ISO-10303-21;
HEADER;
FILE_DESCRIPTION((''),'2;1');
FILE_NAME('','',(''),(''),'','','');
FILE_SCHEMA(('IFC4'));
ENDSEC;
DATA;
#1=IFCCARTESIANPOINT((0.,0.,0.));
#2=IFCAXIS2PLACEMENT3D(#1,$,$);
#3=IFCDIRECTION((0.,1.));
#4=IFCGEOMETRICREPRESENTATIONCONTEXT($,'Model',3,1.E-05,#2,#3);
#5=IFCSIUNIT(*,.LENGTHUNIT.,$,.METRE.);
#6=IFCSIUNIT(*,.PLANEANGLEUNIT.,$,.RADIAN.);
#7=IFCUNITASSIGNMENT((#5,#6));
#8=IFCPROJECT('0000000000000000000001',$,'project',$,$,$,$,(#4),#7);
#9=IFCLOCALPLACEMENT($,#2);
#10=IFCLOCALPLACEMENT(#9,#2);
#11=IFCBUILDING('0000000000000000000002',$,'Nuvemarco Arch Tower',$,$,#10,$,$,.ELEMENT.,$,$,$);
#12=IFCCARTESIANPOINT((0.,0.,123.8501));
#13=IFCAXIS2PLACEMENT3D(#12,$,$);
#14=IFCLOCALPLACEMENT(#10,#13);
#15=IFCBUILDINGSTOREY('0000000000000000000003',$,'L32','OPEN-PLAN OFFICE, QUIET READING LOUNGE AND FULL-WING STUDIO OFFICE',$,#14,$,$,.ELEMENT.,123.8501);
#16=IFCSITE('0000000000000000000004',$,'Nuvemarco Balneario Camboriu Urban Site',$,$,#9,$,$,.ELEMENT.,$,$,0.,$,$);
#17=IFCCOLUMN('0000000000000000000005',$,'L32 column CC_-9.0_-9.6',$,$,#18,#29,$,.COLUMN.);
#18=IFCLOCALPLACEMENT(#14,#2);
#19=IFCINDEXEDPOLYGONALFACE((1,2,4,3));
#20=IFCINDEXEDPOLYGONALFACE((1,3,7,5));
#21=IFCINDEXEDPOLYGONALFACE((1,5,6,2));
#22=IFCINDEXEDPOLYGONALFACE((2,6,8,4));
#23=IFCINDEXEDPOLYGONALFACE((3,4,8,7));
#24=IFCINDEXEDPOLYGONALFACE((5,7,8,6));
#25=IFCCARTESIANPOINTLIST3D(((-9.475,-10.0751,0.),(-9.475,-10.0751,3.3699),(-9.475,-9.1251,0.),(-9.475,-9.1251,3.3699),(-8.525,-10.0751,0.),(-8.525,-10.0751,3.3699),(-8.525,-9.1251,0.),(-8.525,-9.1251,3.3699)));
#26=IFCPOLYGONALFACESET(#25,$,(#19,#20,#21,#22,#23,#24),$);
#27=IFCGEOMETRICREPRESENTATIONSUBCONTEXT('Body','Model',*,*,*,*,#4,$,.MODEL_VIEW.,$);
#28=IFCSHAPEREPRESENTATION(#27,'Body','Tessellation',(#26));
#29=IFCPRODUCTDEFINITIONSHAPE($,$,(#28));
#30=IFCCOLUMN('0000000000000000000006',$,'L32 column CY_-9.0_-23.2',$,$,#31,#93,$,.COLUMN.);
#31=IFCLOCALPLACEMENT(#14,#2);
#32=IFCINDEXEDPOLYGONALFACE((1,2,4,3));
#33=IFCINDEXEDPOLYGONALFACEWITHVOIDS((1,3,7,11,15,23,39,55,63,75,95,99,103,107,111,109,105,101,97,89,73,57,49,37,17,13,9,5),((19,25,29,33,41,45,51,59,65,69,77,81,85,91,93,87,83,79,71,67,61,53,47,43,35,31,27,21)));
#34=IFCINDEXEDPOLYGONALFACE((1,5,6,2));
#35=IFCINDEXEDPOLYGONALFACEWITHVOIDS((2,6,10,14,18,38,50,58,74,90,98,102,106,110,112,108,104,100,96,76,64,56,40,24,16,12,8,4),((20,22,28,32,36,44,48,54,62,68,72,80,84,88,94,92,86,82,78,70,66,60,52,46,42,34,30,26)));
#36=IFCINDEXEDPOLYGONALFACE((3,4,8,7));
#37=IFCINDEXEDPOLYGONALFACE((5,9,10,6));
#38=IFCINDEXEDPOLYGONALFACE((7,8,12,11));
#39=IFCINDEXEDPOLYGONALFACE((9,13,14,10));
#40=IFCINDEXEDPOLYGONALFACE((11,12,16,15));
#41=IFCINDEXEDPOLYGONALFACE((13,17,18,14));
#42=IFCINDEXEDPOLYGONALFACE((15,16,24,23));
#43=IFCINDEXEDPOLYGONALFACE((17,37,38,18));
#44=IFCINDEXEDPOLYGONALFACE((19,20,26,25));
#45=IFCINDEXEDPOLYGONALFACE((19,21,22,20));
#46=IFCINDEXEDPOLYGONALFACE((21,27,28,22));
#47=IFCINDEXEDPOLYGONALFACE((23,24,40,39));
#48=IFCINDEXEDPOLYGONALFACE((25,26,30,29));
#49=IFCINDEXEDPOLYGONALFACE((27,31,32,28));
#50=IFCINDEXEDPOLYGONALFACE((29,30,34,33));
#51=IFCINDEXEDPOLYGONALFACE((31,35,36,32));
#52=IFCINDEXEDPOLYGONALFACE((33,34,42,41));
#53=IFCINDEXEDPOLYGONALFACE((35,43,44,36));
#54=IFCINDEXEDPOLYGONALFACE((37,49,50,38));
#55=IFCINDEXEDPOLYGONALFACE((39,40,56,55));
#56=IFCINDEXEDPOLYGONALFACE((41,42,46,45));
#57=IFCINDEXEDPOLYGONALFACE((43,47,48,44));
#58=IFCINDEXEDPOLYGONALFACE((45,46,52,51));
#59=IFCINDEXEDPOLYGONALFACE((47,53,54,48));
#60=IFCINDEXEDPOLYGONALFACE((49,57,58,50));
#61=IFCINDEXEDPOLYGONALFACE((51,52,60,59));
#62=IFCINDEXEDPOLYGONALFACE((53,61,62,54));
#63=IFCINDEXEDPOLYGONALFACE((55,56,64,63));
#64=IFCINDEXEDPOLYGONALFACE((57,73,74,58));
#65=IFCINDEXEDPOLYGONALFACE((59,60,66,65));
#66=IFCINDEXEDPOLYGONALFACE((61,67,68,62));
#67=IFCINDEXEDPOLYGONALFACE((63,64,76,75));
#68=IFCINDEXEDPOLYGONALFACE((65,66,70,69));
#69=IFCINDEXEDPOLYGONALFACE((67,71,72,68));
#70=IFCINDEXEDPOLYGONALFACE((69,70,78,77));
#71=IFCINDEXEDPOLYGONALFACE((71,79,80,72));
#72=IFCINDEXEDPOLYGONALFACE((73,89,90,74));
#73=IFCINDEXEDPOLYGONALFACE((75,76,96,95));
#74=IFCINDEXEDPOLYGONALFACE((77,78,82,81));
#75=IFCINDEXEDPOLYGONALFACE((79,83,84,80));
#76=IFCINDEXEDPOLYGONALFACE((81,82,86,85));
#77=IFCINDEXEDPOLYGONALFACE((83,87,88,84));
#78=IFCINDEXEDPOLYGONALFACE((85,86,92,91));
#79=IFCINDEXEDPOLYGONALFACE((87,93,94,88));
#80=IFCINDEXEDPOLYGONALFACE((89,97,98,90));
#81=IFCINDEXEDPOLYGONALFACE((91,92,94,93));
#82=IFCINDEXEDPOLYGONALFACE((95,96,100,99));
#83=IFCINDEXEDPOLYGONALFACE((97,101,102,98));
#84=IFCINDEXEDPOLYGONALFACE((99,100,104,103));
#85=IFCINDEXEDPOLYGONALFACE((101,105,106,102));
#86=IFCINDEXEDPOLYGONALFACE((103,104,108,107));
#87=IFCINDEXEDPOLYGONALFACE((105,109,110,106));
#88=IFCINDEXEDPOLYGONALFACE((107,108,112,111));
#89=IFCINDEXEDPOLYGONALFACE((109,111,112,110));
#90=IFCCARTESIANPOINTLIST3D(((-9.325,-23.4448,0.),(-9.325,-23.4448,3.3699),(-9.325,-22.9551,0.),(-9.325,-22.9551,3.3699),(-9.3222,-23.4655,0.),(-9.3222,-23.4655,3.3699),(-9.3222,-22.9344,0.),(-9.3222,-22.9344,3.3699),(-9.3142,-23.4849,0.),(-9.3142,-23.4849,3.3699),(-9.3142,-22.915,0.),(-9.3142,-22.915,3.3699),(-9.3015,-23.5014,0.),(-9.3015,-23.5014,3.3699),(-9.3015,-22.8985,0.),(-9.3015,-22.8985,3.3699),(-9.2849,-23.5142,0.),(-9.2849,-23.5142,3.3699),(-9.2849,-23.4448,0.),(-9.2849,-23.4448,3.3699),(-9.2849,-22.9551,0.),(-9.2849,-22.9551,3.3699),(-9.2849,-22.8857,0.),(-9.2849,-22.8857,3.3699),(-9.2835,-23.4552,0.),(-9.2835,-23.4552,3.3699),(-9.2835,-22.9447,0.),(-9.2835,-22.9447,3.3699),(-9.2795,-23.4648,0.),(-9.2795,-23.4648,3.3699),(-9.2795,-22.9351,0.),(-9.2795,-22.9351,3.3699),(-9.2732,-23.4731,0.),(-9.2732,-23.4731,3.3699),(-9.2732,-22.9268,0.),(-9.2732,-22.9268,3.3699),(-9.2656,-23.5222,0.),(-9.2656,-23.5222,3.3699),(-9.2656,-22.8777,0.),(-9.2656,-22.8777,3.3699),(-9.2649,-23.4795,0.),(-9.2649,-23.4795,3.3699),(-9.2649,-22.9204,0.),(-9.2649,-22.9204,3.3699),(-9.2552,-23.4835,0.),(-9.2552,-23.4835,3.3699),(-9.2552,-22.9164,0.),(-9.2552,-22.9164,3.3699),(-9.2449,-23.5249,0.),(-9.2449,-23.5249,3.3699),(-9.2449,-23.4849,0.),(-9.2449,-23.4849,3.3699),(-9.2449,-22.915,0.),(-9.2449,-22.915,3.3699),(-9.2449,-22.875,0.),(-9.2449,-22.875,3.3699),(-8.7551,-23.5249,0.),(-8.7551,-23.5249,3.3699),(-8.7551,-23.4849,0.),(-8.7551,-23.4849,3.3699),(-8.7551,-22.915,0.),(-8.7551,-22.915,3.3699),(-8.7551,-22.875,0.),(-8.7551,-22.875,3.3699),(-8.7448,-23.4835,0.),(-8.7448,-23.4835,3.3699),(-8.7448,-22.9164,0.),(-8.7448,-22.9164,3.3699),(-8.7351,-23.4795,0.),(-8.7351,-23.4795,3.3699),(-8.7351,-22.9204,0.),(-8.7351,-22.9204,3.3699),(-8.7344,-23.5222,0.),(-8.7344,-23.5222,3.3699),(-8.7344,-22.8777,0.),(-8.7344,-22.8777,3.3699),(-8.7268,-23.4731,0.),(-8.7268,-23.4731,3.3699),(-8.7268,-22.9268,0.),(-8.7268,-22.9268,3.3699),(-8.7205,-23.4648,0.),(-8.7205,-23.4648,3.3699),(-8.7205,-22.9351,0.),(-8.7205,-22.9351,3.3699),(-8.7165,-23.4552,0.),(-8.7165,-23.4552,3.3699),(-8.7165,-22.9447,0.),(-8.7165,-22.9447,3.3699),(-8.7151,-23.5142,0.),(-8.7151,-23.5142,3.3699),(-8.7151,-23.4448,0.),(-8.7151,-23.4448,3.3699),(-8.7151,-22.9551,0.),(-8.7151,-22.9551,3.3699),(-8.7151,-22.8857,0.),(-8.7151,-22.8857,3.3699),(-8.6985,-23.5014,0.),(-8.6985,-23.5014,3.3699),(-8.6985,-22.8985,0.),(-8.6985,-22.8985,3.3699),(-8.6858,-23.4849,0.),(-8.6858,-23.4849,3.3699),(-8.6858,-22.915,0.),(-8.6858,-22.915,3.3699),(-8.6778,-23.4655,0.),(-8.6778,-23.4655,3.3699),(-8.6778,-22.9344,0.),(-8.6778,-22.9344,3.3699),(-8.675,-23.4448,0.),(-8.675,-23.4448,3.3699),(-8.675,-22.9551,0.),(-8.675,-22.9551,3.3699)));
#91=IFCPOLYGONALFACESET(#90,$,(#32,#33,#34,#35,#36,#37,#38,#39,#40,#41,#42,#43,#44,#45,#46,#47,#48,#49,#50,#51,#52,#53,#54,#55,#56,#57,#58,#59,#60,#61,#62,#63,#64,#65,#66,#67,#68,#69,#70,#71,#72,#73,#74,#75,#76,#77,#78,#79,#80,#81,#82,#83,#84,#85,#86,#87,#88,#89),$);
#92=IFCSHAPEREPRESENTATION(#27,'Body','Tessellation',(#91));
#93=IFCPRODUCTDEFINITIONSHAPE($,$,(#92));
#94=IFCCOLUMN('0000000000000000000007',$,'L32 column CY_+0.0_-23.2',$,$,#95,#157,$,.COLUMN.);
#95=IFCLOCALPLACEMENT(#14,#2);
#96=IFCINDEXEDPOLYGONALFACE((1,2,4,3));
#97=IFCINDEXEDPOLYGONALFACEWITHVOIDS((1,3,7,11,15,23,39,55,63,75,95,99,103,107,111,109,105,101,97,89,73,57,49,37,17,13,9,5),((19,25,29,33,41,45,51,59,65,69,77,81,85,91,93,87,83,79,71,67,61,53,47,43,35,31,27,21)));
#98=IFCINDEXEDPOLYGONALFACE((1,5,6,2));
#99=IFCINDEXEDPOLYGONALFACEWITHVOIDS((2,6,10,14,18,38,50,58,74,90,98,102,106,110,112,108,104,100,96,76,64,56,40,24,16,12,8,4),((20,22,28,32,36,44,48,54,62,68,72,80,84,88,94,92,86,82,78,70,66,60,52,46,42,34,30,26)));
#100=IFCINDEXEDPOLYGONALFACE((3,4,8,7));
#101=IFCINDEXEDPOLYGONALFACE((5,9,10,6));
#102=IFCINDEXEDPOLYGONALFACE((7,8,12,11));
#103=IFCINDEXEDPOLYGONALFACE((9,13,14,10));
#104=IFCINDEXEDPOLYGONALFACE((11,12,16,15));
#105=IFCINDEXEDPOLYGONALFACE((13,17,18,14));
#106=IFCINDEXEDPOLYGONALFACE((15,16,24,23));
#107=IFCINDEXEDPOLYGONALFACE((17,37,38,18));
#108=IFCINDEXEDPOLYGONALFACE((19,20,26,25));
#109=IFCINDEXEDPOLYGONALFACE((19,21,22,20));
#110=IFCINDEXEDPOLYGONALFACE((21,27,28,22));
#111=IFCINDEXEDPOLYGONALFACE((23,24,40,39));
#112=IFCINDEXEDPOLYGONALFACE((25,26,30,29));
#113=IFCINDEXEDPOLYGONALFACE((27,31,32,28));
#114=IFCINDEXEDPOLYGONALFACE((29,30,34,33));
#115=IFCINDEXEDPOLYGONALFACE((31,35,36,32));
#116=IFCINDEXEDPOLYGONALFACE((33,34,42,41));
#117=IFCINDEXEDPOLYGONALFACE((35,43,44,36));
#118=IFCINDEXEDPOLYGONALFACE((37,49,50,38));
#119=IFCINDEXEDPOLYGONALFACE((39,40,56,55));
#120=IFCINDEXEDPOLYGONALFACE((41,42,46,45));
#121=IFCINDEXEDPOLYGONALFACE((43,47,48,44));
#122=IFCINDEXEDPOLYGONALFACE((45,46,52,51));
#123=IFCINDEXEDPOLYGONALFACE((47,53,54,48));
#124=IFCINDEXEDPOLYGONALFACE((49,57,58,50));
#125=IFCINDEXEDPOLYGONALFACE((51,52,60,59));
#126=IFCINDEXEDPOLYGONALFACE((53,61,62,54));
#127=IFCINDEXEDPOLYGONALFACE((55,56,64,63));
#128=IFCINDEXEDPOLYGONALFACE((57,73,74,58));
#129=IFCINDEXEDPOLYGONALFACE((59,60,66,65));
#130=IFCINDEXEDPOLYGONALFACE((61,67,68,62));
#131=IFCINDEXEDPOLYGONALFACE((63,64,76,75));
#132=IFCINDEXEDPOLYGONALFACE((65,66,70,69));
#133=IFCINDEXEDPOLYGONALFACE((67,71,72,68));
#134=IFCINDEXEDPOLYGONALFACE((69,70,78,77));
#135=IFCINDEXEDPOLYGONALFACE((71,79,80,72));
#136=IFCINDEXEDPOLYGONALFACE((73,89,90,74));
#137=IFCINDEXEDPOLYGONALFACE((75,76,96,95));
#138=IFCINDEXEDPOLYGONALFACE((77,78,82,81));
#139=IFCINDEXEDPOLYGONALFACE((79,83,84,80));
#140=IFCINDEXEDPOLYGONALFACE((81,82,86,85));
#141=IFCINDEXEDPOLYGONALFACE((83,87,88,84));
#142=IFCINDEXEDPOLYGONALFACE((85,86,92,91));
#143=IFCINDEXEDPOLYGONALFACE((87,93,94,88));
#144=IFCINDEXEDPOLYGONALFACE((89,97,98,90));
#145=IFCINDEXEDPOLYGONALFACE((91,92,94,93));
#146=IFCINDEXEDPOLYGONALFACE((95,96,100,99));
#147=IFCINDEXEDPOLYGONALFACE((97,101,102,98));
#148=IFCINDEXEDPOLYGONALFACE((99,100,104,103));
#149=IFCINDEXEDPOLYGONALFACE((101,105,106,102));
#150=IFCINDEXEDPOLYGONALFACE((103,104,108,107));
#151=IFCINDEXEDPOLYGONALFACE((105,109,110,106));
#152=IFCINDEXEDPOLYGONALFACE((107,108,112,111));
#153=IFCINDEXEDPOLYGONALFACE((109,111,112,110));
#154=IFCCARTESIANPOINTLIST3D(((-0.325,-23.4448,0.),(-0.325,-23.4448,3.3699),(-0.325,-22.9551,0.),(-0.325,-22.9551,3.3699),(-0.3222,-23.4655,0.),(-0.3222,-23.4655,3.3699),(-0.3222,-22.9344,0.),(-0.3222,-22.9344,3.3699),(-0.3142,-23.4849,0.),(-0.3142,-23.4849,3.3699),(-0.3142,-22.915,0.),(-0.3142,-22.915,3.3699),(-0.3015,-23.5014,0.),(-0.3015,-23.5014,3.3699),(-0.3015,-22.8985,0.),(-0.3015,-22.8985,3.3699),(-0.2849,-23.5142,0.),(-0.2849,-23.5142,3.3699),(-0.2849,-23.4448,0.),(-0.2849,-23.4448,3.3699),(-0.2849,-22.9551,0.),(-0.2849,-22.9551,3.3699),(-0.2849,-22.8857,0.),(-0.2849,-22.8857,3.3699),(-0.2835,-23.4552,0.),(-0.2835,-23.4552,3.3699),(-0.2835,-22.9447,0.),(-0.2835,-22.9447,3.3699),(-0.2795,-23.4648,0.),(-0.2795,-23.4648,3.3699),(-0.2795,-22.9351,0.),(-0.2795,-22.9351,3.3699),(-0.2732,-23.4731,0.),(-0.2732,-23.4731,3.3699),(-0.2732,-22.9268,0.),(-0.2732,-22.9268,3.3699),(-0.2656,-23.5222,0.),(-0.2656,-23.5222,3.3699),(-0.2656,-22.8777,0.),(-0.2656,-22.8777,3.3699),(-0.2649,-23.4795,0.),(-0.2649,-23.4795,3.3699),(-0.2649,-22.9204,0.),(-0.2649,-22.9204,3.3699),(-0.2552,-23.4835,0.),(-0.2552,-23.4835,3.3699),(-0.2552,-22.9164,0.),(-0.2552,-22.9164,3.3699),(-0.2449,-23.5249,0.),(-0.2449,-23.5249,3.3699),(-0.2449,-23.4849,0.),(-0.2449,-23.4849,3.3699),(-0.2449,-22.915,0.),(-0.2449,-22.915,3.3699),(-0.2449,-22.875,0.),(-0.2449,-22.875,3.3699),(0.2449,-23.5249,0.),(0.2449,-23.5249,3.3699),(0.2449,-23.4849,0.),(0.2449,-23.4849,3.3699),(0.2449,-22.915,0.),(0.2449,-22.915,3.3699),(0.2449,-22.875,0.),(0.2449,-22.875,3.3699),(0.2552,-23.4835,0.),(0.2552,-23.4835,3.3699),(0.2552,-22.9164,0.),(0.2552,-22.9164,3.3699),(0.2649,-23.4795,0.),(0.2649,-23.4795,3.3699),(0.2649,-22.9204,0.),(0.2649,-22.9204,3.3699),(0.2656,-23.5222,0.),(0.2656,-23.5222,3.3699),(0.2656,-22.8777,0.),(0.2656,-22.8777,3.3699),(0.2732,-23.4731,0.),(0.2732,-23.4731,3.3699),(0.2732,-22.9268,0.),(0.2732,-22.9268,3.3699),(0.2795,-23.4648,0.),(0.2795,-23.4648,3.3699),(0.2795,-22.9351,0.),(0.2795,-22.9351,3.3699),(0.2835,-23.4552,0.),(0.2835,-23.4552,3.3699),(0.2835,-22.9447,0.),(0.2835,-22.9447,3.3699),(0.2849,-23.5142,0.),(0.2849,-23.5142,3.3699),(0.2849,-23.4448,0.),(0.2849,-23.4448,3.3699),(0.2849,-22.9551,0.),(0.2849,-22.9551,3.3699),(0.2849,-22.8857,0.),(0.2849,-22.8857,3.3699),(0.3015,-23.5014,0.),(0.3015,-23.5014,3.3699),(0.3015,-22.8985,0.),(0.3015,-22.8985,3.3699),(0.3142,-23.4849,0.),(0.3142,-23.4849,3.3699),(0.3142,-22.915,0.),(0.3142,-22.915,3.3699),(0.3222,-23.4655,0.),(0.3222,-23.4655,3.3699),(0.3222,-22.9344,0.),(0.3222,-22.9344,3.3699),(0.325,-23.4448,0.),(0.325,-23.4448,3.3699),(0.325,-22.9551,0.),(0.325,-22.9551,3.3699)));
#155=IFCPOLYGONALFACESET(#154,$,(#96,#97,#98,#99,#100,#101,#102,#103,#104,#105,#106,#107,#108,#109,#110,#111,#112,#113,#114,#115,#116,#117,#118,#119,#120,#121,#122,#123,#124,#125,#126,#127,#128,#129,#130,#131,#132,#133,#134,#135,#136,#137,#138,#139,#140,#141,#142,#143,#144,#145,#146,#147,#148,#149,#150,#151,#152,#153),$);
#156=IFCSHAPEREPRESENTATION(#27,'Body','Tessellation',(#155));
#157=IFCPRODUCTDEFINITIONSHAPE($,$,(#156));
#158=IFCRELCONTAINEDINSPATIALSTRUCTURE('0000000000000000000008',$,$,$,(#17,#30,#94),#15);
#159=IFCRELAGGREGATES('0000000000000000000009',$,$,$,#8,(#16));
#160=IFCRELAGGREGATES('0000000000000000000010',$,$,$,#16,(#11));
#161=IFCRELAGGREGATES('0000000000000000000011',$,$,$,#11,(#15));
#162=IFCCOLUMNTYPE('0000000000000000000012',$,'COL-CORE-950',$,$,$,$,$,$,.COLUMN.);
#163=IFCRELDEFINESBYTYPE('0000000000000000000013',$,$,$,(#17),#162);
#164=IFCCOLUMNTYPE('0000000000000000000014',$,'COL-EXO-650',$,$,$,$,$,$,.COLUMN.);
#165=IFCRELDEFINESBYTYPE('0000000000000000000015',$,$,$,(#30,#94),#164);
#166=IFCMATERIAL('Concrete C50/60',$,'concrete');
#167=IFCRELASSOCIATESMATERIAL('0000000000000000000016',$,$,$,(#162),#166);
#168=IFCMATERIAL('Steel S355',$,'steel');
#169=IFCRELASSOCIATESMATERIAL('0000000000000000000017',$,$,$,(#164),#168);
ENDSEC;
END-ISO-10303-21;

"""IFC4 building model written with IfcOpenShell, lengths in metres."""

from ifc_helpers import new_model, si_unit, direction, frame, origin, origin_2d, place, context, subcontext, project, spatial, rectangle, hollow_rectangle, extrude, material, material_profile, profile_set, type_object, element, save


model = new_model("IFC4")

# Units and contexts
model_context = context("Model", 3, precision=1e-05, world=origin(), true_north=direction((0.0, 1.0)))
body_context = subcontext(model_context, "Body", "Model", "MODEL_VIEW")
ifc_project = project(units=[si_unit("LENGTHUNIT", "METRE"), si_unit("PLANEANGLEUNIT", "RADIAN")], contexts=[model_context])

# Site, building, storey
site_placement = place(None, origin())
site = spatial("IfcSite", under=ifc_project, at=site_placement, Name="Nuvemarco Balneario Camboriu Urban Site", CompositionType="ELEMENT", RefElevation=0.0)
building_placement = place(site_placement, origin())
building = spatial("IfcBuilding", under=site, at=building_placement, Name="Nuvemarco Arch Tower", CompositionType="ELEMENT")
storey_placement = place(building_placement, frame((0.0, 0.0, 123.8501)))
storey = spatial("IfcBuildingStorey", under=building, at=storey_placement, Name="L32", Description="OPEN-PLAN OFFICE, QUIET READING LOUNGE AND FULL-WING STUDIO OFFICE", CompositionType="ELEMENT", Elevation=123.8501)

# Columns
ifc_material_1 = material(Name="Concrete C50/60", Category="concrete")
ifc_material_profile_1 = material_profile(ifc_material_1, rectangle(XDim=0.95, YDim=0.95, at=origin_2d()), Name="RC-COL-950x950")
ifc_profile_set_1 = profile_set([ifc_material_profile_1], Name="Concrete C50/60")
column_type_1 = type_object("IfcColumnType", Name="COL-CORE-950", PredefinedType="COLUMN", material=ifc_profile_set_1)
column_1_placement = place(storey_placement, frame((-9.0, -9.6001, 0.0), z_axis=(0.0, 0.0, 1.0), x_axis=(1.0, 0.0, 0.0)))
element("IfcColumn", 1, at=column_1_placement, inside=storey, type_object=column_type_1, Name="L32 column CC_-9.0_-9.6", PredefinedType="COLUMN", context=body_context, shape_type="SweptSolid", body=[
    extrude(rectangle(XDim=0.95, YDim=0.95, at=origin_2d()), origin(), (0.0, 0.0, 1.0), 3.3699),
])
ifc_material_2 = material(Name="Steel S355", Category="steel")
ifc_material_profile_2 = material_profile(ifc_material_2, hollow_rectangle(XDim=0.6499, YDim=0.6499, WallThickness=0.04, InnerFilletRadius=0.04, OuterFilletRadius=0.0801, at=origin_2d()), Name="SHS650x650x40")
ifc_profile_set_2 = profile_set([ifc_material_profile_2], Name="Steel S355")
column_type_2 = type_object("IfcColumnType", Name="COL-EXO-650", PredefinedType="COLUMN", material=ifc_profile_set_2)
for number, where, z_axis, x_axis, name in (
    (2, (-9.0, -23.2, 0.0), (0.0, 0.0, 1.0), (1.0, 0.0, 0.0), "L32 column CY_-9.0_-23.2"),
    (3, (0.0, -23.2, 0.0), (0.0, 0.0, 1.0), (1.0, 0.0, 0.0), "L32 column CY_+0.0_-23.2"),
):
    element("IfcColumn", number, at=place(storey_placement, frame(where, z_axis=z_axis, x_axis=x_axis)), inside=storey, type_object=column_type_2, Name=name, PredefinedType="COLUMN", context=body_context, shape_type="SweptSolid", body=[
        extrude(hollow_rectangle(XDim=0.6499, YDim=0.6499, WallThickness=0.04, InnerFilletRadius=0.04, OuterFilletRadius=0.0801, at=origin_2d()), origin(), (0.0, 0.0, 1.0), 3.3699),
    ])

save(model, "model.ifc")
